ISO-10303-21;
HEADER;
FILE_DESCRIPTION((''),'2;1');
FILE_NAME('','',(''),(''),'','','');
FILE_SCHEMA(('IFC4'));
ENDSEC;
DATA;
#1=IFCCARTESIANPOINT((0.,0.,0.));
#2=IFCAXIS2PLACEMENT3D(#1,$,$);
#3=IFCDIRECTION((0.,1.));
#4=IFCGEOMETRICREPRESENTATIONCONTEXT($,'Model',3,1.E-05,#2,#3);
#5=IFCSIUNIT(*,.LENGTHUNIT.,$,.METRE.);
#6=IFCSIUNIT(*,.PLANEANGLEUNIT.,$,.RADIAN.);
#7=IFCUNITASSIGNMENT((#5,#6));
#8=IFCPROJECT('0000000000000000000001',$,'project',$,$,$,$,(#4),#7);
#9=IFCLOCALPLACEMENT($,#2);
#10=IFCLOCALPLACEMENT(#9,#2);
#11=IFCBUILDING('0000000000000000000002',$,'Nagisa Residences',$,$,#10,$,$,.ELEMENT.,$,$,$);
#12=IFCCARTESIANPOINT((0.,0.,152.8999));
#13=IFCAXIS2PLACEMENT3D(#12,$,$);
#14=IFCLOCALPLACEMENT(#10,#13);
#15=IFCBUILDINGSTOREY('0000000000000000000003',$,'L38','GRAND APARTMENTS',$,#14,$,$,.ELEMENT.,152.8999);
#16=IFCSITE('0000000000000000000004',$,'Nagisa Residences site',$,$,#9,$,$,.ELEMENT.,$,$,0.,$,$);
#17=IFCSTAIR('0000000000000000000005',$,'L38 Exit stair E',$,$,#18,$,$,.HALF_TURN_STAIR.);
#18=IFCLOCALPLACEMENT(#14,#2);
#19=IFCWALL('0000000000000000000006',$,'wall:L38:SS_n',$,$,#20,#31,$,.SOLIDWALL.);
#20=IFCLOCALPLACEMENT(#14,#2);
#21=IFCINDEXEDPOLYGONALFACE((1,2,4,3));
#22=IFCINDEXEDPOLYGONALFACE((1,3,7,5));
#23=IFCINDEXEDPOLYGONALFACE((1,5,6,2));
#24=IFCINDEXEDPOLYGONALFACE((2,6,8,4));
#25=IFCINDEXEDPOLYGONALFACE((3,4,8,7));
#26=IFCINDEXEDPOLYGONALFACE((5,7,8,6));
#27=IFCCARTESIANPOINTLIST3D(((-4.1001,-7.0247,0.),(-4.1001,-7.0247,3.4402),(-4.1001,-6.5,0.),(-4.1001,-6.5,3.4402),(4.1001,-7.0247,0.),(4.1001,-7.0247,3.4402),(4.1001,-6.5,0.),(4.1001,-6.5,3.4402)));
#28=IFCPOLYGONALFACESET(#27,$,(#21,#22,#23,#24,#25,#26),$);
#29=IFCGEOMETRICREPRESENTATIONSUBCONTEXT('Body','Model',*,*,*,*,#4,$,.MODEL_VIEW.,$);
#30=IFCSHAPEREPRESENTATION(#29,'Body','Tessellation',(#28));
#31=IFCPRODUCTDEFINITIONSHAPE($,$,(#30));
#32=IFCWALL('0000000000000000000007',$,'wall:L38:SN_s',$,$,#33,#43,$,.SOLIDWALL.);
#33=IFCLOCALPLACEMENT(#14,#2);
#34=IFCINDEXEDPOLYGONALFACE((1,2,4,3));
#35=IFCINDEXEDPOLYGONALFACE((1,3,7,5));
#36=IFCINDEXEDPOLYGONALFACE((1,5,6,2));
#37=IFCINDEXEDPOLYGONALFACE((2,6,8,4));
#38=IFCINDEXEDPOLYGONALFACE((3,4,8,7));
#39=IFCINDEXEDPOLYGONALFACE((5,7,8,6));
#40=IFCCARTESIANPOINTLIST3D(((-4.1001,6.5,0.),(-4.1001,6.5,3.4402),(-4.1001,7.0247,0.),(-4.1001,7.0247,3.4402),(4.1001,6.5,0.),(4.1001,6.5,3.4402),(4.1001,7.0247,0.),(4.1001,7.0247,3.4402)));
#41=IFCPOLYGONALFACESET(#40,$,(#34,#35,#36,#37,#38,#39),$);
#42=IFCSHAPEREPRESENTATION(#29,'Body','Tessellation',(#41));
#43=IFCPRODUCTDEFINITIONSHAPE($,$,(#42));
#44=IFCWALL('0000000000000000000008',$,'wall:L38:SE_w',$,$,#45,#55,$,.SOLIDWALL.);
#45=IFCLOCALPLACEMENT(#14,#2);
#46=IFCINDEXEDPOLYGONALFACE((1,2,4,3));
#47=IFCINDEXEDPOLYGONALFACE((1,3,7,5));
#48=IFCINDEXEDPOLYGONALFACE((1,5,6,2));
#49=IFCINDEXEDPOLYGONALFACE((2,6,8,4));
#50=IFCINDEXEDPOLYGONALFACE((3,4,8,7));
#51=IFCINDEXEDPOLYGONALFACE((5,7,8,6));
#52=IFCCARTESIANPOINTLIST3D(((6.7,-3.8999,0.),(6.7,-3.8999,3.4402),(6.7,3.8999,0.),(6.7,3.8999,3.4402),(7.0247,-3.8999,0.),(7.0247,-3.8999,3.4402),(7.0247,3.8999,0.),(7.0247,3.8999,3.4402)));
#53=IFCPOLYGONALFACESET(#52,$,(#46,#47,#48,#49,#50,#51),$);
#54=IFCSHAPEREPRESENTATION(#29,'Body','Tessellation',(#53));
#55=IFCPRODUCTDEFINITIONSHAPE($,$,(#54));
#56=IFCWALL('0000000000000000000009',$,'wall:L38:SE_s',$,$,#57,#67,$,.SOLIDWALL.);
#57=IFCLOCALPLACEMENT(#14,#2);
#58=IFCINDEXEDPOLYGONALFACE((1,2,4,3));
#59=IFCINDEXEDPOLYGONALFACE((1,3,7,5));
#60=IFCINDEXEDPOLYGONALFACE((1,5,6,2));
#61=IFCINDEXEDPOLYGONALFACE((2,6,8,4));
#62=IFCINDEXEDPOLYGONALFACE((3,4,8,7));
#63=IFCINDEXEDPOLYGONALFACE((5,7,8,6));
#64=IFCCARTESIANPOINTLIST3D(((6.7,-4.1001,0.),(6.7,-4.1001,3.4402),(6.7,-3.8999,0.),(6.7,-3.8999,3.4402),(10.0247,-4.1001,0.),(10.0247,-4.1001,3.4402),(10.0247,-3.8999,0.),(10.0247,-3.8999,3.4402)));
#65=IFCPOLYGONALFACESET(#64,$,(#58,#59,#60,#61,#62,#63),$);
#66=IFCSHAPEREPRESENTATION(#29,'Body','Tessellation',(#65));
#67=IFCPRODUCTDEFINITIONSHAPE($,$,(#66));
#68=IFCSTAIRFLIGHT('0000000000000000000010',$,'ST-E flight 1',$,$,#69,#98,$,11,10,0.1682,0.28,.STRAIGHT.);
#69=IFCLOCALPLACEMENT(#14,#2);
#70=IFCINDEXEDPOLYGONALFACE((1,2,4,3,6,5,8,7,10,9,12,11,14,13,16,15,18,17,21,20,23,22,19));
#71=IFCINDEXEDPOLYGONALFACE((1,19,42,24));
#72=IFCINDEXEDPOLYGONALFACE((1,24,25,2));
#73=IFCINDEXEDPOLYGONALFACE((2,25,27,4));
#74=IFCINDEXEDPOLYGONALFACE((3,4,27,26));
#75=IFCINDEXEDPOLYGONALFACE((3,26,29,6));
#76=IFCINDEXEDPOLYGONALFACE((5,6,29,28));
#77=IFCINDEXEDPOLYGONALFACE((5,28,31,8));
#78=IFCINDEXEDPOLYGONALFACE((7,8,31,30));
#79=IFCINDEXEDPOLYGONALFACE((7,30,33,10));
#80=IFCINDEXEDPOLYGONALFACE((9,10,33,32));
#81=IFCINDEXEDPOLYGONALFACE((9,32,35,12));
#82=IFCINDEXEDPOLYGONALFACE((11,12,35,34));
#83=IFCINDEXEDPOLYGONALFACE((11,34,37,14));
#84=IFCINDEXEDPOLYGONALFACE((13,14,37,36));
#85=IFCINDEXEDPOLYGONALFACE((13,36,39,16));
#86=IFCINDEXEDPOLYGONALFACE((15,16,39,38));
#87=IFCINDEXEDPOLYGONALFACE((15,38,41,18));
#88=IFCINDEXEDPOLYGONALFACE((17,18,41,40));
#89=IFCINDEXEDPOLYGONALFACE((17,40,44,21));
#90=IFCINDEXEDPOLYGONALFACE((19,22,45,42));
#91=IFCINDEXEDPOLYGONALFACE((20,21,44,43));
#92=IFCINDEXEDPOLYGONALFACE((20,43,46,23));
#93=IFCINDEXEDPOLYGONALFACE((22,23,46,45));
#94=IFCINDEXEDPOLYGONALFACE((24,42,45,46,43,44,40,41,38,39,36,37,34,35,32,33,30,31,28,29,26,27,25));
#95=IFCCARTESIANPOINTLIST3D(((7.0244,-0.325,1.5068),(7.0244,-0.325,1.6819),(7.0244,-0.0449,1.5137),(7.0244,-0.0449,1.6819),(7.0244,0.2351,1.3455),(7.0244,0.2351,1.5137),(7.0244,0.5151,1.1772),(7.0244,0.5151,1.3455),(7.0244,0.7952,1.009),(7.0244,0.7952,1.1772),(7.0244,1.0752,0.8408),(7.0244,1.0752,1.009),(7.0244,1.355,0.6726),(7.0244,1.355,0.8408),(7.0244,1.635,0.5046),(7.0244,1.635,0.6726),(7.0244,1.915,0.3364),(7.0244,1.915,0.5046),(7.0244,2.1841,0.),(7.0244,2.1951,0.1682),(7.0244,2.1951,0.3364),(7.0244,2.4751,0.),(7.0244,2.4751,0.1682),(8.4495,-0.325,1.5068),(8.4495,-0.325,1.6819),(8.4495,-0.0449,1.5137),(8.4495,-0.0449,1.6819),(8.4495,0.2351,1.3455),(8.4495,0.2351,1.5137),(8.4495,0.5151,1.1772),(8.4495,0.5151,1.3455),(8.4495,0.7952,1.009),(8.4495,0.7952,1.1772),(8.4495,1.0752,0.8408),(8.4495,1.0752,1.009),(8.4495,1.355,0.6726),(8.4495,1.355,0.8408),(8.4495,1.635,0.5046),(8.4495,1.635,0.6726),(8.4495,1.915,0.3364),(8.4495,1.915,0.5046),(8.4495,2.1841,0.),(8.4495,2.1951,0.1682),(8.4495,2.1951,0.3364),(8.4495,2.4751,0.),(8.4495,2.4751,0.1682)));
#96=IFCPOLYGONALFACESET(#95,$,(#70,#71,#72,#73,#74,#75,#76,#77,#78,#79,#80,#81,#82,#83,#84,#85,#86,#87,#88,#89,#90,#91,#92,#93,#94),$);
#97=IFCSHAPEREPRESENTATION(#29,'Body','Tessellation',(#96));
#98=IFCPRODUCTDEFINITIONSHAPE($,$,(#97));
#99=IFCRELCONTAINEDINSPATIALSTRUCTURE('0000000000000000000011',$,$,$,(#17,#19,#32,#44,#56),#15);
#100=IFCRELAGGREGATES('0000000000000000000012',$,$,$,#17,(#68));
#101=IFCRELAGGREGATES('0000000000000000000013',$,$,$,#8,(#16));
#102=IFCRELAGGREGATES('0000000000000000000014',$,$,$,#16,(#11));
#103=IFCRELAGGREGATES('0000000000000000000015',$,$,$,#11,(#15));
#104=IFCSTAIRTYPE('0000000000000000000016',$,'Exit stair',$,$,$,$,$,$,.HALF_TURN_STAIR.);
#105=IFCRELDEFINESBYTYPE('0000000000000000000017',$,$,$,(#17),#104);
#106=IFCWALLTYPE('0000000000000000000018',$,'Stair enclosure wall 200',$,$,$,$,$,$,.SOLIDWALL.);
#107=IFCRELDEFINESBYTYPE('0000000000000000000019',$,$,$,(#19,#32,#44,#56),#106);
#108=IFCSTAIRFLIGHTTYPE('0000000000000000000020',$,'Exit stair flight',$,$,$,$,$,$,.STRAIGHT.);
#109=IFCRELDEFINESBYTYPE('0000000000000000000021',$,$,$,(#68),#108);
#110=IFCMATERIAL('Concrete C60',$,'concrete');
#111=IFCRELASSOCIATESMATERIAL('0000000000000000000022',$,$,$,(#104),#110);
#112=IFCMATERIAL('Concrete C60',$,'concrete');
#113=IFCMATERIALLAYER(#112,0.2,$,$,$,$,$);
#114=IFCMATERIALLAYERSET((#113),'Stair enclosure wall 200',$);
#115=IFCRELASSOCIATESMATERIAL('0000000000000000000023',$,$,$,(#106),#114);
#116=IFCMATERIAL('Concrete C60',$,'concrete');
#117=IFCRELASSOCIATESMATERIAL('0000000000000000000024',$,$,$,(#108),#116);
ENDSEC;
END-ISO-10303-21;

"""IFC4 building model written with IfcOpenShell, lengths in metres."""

from ifc_helpers import new_model, si_unit, direction, frame, origin, place, context, subcontext, project, spatial, polyline, outline, extrude, material, layer, layer_set, type_object, element, aggregate, save


model = new_model("IFC4")

# Units and contexts
model_context = context("Model", 3, precision=1e-05, world=origin(), true_north=direction((0.0, 1.0)))
body_context = subcontext(model_context, "Body", "Model", "MODEL_VIEW")
ifc_project = project(units=[si_unit("LENGTHUNIT", "METRE"), si_unit("PLANEANGLEUNIT", "RADIAN")], contexts=[model_context])

# Site, building, storey
site_placement = place(None, origin())
site = spatial("IfcSite", under=ifc_project, at=site_placement, Name="Nagisa Residences site", CompositionType="ELEMENT", RefElevation=0.0)
building_placement = place(site_placement, origin())
building = spatial("IfcBuilding", under=site, at=building_placement, Name="Nagisa Residences", CompositionType="ELEMENT")
storey_placement = place(building_placement, frame((0.0, 0.0, 152.8999)))
storey = spatial("IfcBuildingStorey", under=building, at=storey_placement, Name="L38", Description="GRAND APARTMENTS", CompositionType="ELEMENT", Elevation=152.8999)

# Stair
ifc_material_1 = material(Name="Concrete C60", Category="concrete")
stair_type = type_object("IfcStairType", Name="Exit stair", PredefinedType="HALF_TURN_STAIR", material=ifc_material_1)
stair_1_placement = place(storey_placement, origin())
stair_1 = element("IfcStair", 1, at=stair_1_placement, inside=storey, type_object=stair_type, Name="L38 Exit stair E", PredefinedType="HALF_TURN_STAIR")

# Shared definitions
ifc_material_2 = material(Name="Concrete C60", Category="concrete")
ifc_layer_1 = layer(ifc_material_2, 0.2)
ifc_layer_set_1 = layer_set([ifc_layer_1], Name="Stair enclosure wall 200")
wall_type_1 = type_object("IfcWallType", Name="Stair enclosure wall 200", PredefinedType="SOLIDWALL", material=ifc_layer_set_1)

# Walls
wall_1_placement = place(storey_placement, origin())
element("IfcWall", 2, at=wall_1_placement, inside=storey, type_object=wall_type_1, Name="wall:L38:SS_n", PredefinedType="SOLIDWALL", context=body_context, shape_type="SweptSolid", body=[
    extrude(outline(polyline([(4.1001, -7.0247), (-4.1001, -7.0247), (-4.1001, -6.5), (4.1001, -6.5), (4.1001, -7.0247)])), origin(), (0.0, 0.0, 1.0), 3.4402),
])
wall_2_placement = place(storey_placement, origin())
element("IfcWall", 3, at=wall_2_placement, inside=storey, type_object=wall_type_1, Name="wall:L38:SN_s", PredefinedType="SOLIDWALL", context=body_context, shape_type="SweptSolid", body=[
    extrude(outline(polyline([(4.1001, 6.5), (-4.1001, 6.5), (-4.1001, 7.0247), (4.1001, 7.0247), (4.1001, 6.5)])), origin(), (0.0, 0.0, 1.0), 3.4402),
])
wall_3_placement = place(storey_placement, origin())
element("IfcWall", 4, at=wall_3_placement, inside=storey, type_object=wall_type_1, Name="wall:L38:SE_w", PredefinedType="SOLIDWALL", context=body_context, shape_type="SweptSolid", body=[
    extrude(outline(polyline([(7.0247, -3.8999), (6.7, -3.8999), (6.7, 3.8999), (7.0247, 3.8999), (7.0247, -3.8999)])), origin(), (0.0, 0.0, 1.0), 3.4402),
])
wall_4_placement = place(storey_placement, origin())
element("IfcWall", 5, at=wall_4_placement, inside=storey, type_object=wall_type_1, Name="wall:L38:SE_s", PredefinedType="SOLIDWALL", context=body_context, shape_type="SweptSolid", body=[
    extrude(outline(polyline([(10.0247, -4.1001), (6.7, -4.1001), (6.7, -3.8999), (10.0247, -3.8999), (10.0247, -4.1001)])), origin(), (0.0, 0.0, 1.0), 3.4402),
])

# Stair flight
ifc_material_3 = material(Name="Concrete C60", Category="concrete")
stair_flight_type = type_object("IfcStairFlightType", Name="Exit stair flight", PredefinedType="STRAIGHT", material=ifc_material_3)
stair_flight_placement = place(storey_placement, frame((7.7371, 2.4751, 0.0), z_axis=(0.0, 0.0, 1.0), x_axis=(0.0, -1.0, 0.0)))
stair_flight = element("IfcStairFlight", 6, at=stair_flight_placement, type_object=stair_flight_type, Name="ST-E flight 1", NumberOfRisers=11, NumberOfTreads=10, PredefinedType="STRAIGHT", RiserHeight=0.1682, TreadLength=0.28, context=body_context, shape_type="SweptSolid", body=[
    extrude(outline(polyline([(0.0, 0.0), (0.0, 0.1682), (0.28, 0.1682), (0.28, 0.3364), (0.5601, 0.3364), (0.5601, 0.5046), (0.8401, 0.5046), (0.8401, 0.6726), (1.1201, 0.6726), (1.1201, 0.8408), (1.3999, 0.8408), (1.3999, 1.009), (1.6799, 1.009), (1.6799, 1.1772), (1.96, 1.1772), (1.96, 1.3455), (2.24, 1.3455), (2.24, 1.5137), (2.52, 1.5137), (2.52, 1.6819), (2.8, 1.6819), (2.8, 1.8501), (2.8, 1.5068), (0.291, 0.0), (0.0, 0.0)])), frame((0.0, 0.7124, 0.0), z_axis=(0.0, -1.0, 0.0), x_axis=(1.0, 0.0, 0.0)), (0.0, 0.0, 1.0), 1.425),
])
aggregate(stair_1, [stair_flight])

save(model, "model.ifc")
